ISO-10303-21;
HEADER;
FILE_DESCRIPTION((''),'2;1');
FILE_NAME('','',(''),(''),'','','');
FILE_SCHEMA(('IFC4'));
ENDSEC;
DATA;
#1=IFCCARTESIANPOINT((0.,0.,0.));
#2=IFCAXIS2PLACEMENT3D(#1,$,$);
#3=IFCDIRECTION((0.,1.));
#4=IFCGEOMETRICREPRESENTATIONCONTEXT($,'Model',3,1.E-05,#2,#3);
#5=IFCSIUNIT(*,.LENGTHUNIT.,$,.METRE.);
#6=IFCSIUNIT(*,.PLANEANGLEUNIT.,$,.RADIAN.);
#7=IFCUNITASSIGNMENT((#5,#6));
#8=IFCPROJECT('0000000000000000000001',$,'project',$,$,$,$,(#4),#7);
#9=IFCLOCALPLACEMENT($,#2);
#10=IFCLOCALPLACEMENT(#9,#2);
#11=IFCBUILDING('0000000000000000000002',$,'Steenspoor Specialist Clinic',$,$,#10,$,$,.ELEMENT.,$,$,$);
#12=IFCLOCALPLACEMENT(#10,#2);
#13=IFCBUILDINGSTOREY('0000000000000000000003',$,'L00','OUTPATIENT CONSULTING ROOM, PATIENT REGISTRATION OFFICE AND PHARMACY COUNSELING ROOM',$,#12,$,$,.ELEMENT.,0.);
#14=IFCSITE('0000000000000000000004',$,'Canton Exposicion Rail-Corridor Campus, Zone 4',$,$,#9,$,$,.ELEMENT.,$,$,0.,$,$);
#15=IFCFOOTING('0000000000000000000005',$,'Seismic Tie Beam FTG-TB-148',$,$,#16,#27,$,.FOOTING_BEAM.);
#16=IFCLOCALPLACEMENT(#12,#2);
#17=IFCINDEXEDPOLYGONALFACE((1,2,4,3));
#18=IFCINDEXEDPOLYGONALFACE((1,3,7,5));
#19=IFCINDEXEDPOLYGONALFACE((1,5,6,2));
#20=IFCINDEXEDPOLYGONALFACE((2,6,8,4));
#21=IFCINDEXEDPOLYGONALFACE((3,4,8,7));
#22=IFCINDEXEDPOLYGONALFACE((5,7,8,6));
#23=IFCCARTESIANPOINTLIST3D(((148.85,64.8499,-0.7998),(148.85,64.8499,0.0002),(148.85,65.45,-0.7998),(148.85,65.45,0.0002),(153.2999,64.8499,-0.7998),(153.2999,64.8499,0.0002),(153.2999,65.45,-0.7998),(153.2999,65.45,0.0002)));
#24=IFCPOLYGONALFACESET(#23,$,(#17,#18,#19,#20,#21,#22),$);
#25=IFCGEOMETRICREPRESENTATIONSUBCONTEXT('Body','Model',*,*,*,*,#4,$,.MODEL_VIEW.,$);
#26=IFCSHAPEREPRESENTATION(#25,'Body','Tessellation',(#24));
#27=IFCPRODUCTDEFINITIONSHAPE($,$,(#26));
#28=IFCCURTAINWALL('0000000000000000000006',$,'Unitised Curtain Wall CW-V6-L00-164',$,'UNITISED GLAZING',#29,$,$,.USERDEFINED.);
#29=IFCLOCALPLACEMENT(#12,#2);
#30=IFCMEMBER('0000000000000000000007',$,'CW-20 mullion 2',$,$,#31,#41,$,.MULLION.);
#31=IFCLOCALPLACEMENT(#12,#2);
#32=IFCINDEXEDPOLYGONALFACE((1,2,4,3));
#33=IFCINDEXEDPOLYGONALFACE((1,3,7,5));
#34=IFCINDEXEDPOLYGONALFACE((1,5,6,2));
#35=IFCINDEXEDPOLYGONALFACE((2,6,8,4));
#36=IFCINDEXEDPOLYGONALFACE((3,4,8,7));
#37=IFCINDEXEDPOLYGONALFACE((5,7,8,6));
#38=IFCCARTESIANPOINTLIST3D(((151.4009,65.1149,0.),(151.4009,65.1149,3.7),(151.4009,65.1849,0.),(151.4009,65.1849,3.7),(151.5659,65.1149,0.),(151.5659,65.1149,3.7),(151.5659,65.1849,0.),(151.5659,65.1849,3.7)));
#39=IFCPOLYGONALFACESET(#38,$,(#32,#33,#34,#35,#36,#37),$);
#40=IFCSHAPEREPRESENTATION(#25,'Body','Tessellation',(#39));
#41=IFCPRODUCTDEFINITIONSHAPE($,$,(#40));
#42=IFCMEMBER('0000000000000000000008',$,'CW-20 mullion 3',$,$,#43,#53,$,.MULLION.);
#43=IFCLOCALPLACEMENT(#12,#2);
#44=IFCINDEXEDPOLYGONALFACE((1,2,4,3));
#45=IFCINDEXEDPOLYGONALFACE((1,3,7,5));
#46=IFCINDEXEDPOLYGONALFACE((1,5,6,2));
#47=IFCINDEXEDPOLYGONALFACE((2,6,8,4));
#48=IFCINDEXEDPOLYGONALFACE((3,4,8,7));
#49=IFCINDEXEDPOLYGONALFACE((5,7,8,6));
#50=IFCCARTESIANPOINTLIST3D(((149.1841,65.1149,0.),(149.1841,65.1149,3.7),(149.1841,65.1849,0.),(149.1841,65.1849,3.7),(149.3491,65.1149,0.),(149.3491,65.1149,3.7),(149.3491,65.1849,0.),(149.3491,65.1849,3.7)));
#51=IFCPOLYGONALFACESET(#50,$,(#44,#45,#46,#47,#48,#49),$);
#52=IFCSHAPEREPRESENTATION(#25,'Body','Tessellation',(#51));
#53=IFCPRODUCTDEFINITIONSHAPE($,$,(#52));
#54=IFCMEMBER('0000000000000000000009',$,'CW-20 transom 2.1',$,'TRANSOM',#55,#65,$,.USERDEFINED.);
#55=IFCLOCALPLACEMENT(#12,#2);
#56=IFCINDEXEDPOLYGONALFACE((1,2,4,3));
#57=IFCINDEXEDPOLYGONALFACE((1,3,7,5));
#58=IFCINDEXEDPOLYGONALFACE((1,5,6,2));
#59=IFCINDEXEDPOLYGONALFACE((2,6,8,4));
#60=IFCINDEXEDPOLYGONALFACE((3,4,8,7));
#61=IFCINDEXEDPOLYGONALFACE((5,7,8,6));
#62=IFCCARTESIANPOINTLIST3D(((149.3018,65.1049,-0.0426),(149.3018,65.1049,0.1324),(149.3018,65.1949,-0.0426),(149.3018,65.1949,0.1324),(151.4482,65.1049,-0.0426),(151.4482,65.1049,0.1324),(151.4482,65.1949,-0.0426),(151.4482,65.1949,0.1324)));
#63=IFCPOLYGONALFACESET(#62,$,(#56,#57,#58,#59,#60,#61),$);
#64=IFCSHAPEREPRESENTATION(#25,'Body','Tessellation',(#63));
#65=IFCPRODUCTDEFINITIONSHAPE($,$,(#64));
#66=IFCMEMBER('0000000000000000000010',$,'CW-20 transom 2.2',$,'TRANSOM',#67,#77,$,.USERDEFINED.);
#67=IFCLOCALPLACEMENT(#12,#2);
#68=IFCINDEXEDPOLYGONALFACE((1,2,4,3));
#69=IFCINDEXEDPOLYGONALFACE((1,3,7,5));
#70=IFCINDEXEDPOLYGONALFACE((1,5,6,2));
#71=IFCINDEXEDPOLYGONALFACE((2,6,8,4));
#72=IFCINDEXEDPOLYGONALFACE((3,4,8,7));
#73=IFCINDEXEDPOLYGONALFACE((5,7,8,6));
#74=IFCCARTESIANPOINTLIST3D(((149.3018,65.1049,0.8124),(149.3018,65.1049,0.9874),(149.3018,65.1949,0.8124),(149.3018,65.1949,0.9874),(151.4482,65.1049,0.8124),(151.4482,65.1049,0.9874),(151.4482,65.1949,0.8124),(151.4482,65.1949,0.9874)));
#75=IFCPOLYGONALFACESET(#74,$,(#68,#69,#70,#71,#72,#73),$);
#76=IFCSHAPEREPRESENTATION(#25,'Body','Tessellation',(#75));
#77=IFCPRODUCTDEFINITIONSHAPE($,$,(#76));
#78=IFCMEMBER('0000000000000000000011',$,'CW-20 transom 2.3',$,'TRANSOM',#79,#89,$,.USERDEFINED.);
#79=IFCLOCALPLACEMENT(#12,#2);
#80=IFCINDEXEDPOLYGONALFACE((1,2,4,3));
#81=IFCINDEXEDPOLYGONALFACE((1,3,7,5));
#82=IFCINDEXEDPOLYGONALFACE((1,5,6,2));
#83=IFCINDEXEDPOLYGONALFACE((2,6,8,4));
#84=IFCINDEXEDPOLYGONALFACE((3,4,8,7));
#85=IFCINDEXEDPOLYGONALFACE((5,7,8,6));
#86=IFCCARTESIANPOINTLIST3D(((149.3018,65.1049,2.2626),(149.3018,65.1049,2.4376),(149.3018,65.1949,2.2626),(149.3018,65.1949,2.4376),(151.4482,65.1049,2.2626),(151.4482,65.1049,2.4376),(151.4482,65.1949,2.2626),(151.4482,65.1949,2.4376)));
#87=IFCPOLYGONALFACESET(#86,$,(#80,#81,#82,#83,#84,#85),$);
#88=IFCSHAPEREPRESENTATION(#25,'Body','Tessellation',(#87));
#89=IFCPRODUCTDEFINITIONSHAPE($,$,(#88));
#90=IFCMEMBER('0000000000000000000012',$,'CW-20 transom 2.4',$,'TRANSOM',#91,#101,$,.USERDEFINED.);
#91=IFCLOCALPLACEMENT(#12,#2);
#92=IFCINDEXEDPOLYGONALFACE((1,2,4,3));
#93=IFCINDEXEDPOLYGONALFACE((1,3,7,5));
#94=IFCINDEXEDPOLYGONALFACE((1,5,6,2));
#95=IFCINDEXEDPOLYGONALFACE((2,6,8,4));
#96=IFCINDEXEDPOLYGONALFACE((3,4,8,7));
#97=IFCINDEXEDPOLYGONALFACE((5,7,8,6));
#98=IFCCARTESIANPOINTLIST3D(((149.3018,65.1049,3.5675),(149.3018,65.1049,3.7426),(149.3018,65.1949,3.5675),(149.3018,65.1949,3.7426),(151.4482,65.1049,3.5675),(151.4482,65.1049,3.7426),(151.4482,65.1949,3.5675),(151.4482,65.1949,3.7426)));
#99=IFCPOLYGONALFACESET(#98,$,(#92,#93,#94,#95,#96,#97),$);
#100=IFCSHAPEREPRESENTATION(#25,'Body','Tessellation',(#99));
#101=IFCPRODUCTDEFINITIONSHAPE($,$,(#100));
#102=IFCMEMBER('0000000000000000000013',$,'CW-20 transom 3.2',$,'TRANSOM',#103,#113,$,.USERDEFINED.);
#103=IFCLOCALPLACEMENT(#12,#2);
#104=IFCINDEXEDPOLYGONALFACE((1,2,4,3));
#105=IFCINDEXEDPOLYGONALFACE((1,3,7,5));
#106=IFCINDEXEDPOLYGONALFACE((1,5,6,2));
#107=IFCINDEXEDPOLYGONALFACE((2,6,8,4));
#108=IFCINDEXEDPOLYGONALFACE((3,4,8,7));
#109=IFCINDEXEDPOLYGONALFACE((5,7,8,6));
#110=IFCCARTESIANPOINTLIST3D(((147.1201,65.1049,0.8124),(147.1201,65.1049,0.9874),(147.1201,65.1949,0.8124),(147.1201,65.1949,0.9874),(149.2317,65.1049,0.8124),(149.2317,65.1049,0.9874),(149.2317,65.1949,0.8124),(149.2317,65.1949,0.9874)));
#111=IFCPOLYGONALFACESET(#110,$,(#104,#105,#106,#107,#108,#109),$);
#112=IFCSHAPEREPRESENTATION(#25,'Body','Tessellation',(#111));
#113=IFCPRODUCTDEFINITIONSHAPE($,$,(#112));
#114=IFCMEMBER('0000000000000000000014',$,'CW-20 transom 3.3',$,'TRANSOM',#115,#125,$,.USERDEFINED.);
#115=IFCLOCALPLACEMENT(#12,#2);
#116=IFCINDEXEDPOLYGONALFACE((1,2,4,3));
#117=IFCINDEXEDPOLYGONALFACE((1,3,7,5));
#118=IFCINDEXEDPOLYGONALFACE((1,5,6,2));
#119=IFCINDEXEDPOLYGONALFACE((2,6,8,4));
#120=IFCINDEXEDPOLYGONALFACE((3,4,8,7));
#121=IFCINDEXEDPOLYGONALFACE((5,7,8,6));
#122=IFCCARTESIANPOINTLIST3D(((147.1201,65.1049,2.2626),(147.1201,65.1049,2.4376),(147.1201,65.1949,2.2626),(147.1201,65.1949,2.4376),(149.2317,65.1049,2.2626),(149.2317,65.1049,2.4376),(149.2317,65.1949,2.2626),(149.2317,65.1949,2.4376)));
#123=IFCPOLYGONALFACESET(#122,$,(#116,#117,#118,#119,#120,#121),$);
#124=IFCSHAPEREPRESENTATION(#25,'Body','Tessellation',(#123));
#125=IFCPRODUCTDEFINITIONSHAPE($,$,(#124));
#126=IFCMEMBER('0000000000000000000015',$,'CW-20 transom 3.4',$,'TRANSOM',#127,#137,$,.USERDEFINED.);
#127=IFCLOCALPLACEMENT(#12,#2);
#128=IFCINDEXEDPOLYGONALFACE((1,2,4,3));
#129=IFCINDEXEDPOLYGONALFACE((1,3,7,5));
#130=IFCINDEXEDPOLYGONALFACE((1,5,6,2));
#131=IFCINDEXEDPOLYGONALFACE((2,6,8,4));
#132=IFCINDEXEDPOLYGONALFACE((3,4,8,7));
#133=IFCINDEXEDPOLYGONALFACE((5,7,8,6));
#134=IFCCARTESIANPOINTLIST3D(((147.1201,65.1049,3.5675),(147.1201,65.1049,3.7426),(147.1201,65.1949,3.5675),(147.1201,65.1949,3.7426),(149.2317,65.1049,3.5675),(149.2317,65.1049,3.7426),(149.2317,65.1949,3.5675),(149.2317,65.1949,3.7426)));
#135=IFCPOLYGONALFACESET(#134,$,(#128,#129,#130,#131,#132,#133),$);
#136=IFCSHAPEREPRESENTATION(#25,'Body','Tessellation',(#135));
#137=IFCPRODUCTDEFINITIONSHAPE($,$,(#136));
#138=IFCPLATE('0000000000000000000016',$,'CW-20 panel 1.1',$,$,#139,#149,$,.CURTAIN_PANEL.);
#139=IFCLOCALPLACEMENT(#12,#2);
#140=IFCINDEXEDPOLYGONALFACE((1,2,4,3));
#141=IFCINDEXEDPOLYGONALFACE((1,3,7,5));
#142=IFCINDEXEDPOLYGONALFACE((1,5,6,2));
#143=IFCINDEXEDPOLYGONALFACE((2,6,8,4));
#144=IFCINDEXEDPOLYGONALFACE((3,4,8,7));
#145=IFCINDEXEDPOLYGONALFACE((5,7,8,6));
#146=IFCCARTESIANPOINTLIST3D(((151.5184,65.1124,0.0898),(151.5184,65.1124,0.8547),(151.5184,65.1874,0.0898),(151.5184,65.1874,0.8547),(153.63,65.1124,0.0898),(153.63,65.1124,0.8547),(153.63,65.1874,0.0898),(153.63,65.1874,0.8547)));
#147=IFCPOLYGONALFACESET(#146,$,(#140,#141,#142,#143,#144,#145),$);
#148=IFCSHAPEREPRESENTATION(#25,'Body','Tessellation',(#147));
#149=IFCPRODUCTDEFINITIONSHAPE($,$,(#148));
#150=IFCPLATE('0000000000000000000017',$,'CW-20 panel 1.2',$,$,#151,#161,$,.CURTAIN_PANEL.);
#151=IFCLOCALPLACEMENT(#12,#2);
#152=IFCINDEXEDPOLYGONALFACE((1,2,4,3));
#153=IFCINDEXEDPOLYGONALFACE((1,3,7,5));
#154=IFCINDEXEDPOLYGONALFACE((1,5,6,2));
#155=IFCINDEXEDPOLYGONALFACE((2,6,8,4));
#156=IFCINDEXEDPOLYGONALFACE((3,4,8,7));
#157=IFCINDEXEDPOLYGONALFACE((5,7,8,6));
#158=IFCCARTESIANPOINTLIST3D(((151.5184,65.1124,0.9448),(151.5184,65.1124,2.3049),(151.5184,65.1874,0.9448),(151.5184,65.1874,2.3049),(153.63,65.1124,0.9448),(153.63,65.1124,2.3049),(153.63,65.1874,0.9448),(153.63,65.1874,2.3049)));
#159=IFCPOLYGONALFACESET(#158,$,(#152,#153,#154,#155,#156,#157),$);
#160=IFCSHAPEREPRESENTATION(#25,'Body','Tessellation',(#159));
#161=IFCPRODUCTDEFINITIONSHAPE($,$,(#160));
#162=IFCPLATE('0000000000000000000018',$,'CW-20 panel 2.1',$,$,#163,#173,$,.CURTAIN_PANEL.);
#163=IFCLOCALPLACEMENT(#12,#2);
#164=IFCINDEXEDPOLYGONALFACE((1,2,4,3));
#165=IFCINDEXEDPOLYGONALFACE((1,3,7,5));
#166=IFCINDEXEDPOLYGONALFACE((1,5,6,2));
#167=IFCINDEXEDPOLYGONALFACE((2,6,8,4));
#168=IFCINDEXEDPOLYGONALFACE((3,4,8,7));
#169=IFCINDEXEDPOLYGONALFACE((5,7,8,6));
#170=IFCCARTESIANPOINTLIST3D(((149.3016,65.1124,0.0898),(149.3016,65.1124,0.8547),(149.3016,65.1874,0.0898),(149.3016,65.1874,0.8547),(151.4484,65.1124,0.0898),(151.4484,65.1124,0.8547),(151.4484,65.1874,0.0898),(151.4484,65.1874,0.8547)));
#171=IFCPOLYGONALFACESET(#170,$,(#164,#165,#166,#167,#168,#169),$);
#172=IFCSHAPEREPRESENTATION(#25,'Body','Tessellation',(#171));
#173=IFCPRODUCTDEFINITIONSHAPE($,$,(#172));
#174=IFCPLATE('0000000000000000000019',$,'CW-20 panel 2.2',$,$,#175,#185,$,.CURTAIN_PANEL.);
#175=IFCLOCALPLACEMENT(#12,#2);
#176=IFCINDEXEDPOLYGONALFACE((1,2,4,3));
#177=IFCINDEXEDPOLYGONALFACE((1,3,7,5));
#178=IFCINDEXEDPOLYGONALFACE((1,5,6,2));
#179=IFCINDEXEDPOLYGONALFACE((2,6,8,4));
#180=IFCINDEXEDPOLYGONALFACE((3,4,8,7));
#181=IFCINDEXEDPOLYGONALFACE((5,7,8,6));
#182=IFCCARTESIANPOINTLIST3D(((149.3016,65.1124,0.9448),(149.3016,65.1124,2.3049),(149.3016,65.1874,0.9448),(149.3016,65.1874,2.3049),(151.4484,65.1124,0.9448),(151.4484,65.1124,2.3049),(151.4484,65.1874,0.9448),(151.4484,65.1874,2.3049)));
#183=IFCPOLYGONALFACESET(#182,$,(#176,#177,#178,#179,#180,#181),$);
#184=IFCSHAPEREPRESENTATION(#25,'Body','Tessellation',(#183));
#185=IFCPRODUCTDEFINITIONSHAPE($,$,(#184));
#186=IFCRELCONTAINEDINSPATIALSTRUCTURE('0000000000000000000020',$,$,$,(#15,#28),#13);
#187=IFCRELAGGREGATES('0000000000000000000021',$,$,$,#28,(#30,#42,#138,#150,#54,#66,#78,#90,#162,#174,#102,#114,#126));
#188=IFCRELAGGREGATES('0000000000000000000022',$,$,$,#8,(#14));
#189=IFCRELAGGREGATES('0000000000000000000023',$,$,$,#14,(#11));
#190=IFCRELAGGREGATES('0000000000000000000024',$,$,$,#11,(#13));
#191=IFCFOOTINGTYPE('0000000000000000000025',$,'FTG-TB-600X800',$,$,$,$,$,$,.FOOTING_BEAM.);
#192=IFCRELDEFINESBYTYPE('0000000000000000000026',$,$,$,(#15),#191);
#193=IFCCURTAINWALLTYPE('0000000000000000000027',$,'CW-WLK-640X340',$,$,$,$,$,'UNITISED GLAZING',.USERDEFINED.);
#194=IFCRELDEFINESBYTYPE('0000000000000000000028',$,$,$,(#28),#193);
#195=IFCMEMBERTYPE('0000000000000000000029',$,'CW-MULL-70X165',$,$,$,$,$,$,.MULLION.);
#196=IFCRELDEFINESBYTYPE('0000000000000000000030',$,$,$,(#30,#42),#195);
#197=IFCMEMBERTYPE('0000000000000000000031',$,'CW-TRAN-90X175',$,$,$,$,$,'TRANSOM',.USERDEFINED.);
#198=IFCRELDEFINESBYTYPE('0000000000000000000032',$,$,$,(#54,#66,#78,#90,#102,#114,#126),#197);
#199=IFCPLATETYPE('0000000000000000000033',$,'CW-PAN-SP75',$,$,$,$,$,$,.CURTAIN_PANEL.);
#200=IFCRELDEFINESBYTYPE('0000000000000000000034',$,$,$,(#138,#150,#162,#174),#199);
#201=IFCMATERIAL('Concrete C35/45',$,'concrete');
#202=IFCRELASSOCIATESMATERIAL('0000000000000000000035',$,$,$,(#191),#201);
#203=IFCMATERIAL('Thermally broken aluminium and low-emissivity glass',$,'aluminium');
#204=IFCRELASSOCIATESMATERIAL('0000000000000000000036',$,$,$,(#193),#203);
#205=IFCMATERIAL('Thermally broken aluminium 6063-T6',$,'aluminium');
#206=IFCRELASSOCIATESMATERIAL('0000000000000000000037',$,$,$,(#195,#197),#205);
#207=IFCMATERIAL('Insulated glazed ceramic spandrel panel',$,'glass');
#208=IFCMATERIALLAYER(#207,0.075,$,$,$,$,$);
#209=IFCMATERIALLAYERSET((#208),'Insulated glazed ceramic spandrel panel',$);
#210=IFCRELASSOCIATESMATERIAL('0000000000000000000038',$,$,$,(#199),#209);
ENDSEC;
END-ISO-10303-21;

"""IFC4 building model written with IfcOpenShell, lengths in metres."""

from ifc_helpers import new_model, si_unit, direction, frame, origin, origin_2d, place, context, subcontext, project, spatial, rectangle, extrude, material, layer, layer_set, material_profile, profile_set, type_object, element, aggregate, save


model = new_model("IFC4")

# Units and contexts
model_context = context("Model", 3, precision=1e-05, world=origin(), true_north=direction((0.0, 1.0)))
body_context = subcontext(model_context, "Body", "Model", "MODEL_VIEW")
ifc_project = project(units=[si_unit("LENGTHUNIT", "METRE"), si_unit("PLANEANGLEUNIT", "RADIAN")], contexts=[model_context])

# Site, building, storey
site_placement = place(None, origin())
site = spatial("IfcSite", under=ifc_project, at=site_placement, Name="Canton Exposicion Rail-Corridor Campus, Zone 4", CompositionType="ELEMENT", RefElevation=0.0)
building_placement = place(site_placement, origin())
building = spatial("IfcBuilding", under=site, at=building_placement, Name="Steenspoor Specialist Clinic", CompositionType="ELEMENT")
storey_placement = place(building_placement, origin())
storey = spatial("IfcBuildingStorey", under=building, at=storey_placement, Name="L00", Description="OUTPATIENT CONSULTING ROOM, PATIENT REGISTRATION OFFICE AND PHARMACY COUNSELING ROOM", CompositionType="ELEMENT", Elevation=0.0)

# Footing
ifc_material_1 = material(Name="Concrete C35/45", Category="concrete")
footing_type = type_object("IfcFootingType", Name="FTG-TB-600X800", PredefinedType="FOOTING_BEAM", material=ifc_material_1)
footing_placement = place(storey_placement, frame((151.075, 65.1499, -0.7998), z_axis=(0.0, 0.0, 1.0), x_axis=(1.0, 0.0, 0.0)))
element("IfcFooting", 1, at=footing_placement, inside=storey, type_object=footing_type, Name="Seismic Tie Beam FTG-TB-148", PredefinedType="FOOTING_BEAM", context=body_context, shape_type="SweptSolid", body=[
    extrude(rectangle(XDim=4.45, YDim=0.6001, at=origin_2d()), origin(), (0.0, 0.0, 1.0), 0.8),
])

# Curtain wall, members, plates
ifc_material_2 = material(Name="Thermally broken aluminium and low-emissivity glass", Category="aluminium")
curtain_wall_type = type_object("IfcCurtainWallType", Name="CW-WLK-640X340", ElementType="UNITISED GLAZING", PredefinedType="USERDEFINED", material=ifc_material_2)
curtain_wall_placement = place(storey_placement, origin())
curtain_wall = element("IfcCurtainWall", 2, at=curtain_wall_placement, inside=storey, type_object=curtain_wall_type, Name="Unitised Curtain Wall CW-V6-L00-164", ObjectType="UNITISED GLAZING", PredefinedType="USERDEFINED")
ifc_material_3 = material(Name="Thermally broken aluminium 6063-T6", Category="aluminium")
ifc_material_profile_1 = material_profile(ifc_material_3, rectangle(XDim=0.0701, YDim=0.165, at=origin_2d()), Name="CWM-70X165")
ifc_profile_set_1 = profile_set([ifc_material_profile_1], Name="Thermally broken aluminium 6063-T6")
member_type_1 = type_object("IfcMemberType", Name="CW-MULL-70X165", PredefinedType="MULLION", material=ifc_profile_set_1)
member_1_placement = place(storey_placement, frame((151.4834, 65.1499, 0.0), z_axis=(0.0, 0.0, 1.0), x_axis=(0.0, -1.0, 0.0)))
member_1 = element("IfcMember", 3, at=member_1_placement, type_object=member_type_1, Name="CW-20 mullion 2", PredefinedType="MULLION", context=body_context, shape_type="SweptSolid", body=[
    extrude(rectangle(XDim=0.0701, YDim=0.165, at=origin_2d()), origin(), (0.0, 0.0, 1.0), 3.7),
])
member_2_placement = place(storey_placement, frame((149.2666, 65.1499, 0.0), z_axis=(0.0, 0.0, 1.0), x_axis=(0.0, -1.0, 0.0)))
member_2 = element("IfcMember", 4, at=member_2_placement, type_object=member_type_1, Name="CW-20 mullion 3", PredefinedType="MULLION", context=body_context, shape_type="SweptSolid", body=[
    extrude(rectangle(XDim=0.0701, YDim=0.165, at=origin_2d()), origin(), (0.0, 0.0, 1.0), 3.7),
])
ifc_material_profile_2 = material_profile(ifc_material_3, rectangle(XDim=0.0901, YDim=0.175, at=origin_2d()), Name="CWT-90X175")
ifc_profile_set_2 = profile_set([ifc_material_profile_2], Name="Thermally broken aluminium 6063-T6")
member_type_2 = type_object("IfcMemberType", Name="CW-TRAN-90X175", ElementType="TRANSOM", PredefinedType="USERDEFINED", material=ifc_profile_set_2)
member_3_placement = place(storey_placement, frame((151.4482, 65.1499, 0.0449), z_axis=(-1.0, 0.0, 0.0), x_axis=(0.0, -1.0, 0.0)))
member_3 = element("IfcMember", 5, at=member_3_placement, type_object=member_type_2, Name="CW-20 transom 2.1", ObjectType="TRANSOM", PredefinedType="USERDEFINED", context=body_context, shape_type="SweptSolid", body=[
    extrude(rectangle(XDim=0.0901, YDim=0.175, at=origin_2d()), origin(), (0.0, 0.0, 1.0), 2.1465),
])
member_4_placement = place(storey_placement, frame((151.4482, 65.1499, 0.8999), z_axis=(-1.0, 0.0, 0.0), x_axis=(0.0, -1.0, 0.0)))
member_4 = element("IfcMember", 6, at=member_4_placement, type_object=member_type_2, Name="CW-20 transom 2.2", ObjectType="TRANSOM", PredefinedType="USERDEFINED", context=body_context, shape_type="SweptSolid", body=[
    extrude(rectangle(XDim=0.0901, YDim=0.175, at=origin_2d()), origin(), (0.0, 0.0, 1.0), 2.1465),
])
member_5_placement = place(storey_placement, frame((151.4482, 65.1499, 2.3501), z_axis=(-1.0, 0.0, 0.0), x_axis=(0.0, -1.0, 0.0)))
member_5 = element("IfcMember", 7, at=member_5_placement, type_object=member_type_2, Name="CW-20 transom 2.3", ObjectType="TRANSOM", PredefinedType="USERDEFINED", context=body_context, shape_type="SweptSolid", body=[
    extrude(rectangle(XDim=0.0901, YDim=0.175, at=origin_2d()), origin(), (0.0, 0.0, 1.0), 2.1465),
])
member_6_placement = place(storey_placement, frame((151.4482, 65.1499, 3.655), z_axis=(-1.0, 0.0, 0.0), x_axis=(0.0, -1.0, 0.0)))
member_6 = element("IfcMember", 8, at=member_6_placement, type_object=member_type_2, Name="CW-20 transom 2.4", ObjectType="TRANSOM", PredefinedType="USERDEFINED", context=body_context, shape_type="SweptSolid", body=[
    extrude(rectangle(XDim=0.0901, YDim=0.175, at=origin_2d()), origin(), (0.0, 0.0, 1.0), 2.1465),
])
member_7_placement = place(storey_placement, frame((149.2317, 65.1499, 0.8999), z_axis=(-1.0, 0.0, 0.0), x_axis=(0.0, -1.0, 0.0)))
member_7 = element("IfcMember", 9, at=member_7_placement, type_object=member_type_2, Name="CW-20 transom 3.2", ObjectType="TRANSOM", PredefinedType="USERDEFINED", context=body_context, shape_type="SweptSolid", body=[
    extrude(rectangle(XDim=0.0901, YDim=0.175, at=origin_2d()), origin(), (0.0, 0.0, 1.0), 2.1116),
])
member_8_placement = place(storey_placement, frame((149.2317, 65.1499, 2.3501), z_axis=(-1.0, 0.0, 0.0), x_axis=(0.0, -1.0, 0.0)))
member_8 = element("IfcMember", 10, at=member_8_placement, type_object=member_type_2, Name="CW-20 transom 3.3", ObjectType="TRANSOM", PredefinedType="USERDEFINED", context=body_context, shape_type="SweptSolid", body=[
    extrude(rectangle(XDim=0.0901, YDim=0.175, at=origin_2d()), origin(), (0.0, 0.0, 1.0), 2.1116),
])
member_9_placement = place(storey_placement, frame((149.2317, 65.1499, 3.655), z_axis=(-1.0, 0.0, 0.0), x_axis=(0.0, -1.0, 0.0)))
member_9 = element("IfcMember", 11, at=member_9_placement, type_object=member_type_2, Name="CW-20 transom 3.4", ObjectType="TRANSOM", PredefinedType="USERDEFINED", context=body_context, shape_type="SweptSolid", body=[
    extrude(rectangle(XDim=0.0901, YDim=0.175, at=origin_2d()), origin(), (0.0, 0.0, 1.0), 2.1116),
])
ifc_material_4 = material(Name="Insulated glazed ceramic spandrel panel", Category="glass")
ifc_layer_1 = layer(ifc_material_4, 0.075)
ifc_layer_set_1 = layer_set([ifc_layer_1], Name="Insulated glazed ceramic spandrel panel")
plate_type = type_object("IfcPlateType", Name="CW-PAN-SP75", PredefinedType="CURTAIN_PANEL", material=ifc_layer_set_1)
plate_1_placement = place(storey_placement, frame((152.5742, 65.1499, 0.0898), z_axis=(0.0, 0.0, 1.0), x_axis=(-1.0, 0.0, 0.0)))
plate_1 = element("IfcPlate", 12, at=plate_1_placement, type_object=plate_type, Name="CW-20 panel 1.1", PredefinedType="CURTAIN_PANEL", context=body_context, shape_type="SweptSolid", body=[
    extrude(rectangle(XDim=2.1116, YDim=0.075, at=origin_2d()), origin(), (0.0, 0.0, 1.0), 0.7649),
])
plate_2_placement = place(storey_placement, frame((152.5742, 65.1499, 0.9448), z_axis=(0.0, 0.0, 1.0), x_axis=(-1.0, 0.0, 0.0)))
plate_2 = element("IfcPlate", 13, at=plate_2_placement, type_object=plate_type, Name="CW-20 panel 1.2", PredefinedType="CURTAIN_PANEL", context=body_context, shape_type="SweptSolid", body=[
    extrude(rectangle(XDim=2.1116, YDim=0.075, at=origin_2d()), origin(), (0.0, 0.0, 1.0), 1.3601),
])
plate_3_placement = place(storey_placement, frame((150.375, 65.1499, 0.0898), z_axis=(0.0, 0.0, 1.0), x_axis=(-1.0, 0.0, 0.0)))
plate_3 = element("IfcPlate", 14, at=plate_3_placement, type_object=plate_type, Name="CW-20 panel 2.1", PredefinedType="CURTAIN_PANEL", context=body_context, shape_type="SweptSolid", body=[
    extrude(rectangle(XDim=2.1467, YDim=0.075, at=origin_2d()), origin(), (0.0, 0.0, 1.0), 0.7649),
])
plate_4_placement = place(storey_placement, frame((150.375, 65.1499, 0.9448), z_axis=(0.0, 0.0, 1.0), x_axis=(-1.0, 0.0, 0.0)))
plate_4 = element("IfcPlate", 15, at=plate_4_placement, type_object=plate_type, Name="CW-20 panel 2.2", PredefinedType="CURTAIN_PANEL", context=body_context, shape_type="SweptSolid", body=[
    extrude(rectangle(XDim=2.1467, YDim=0.075, at=origin_2d()), origin(), (0.0, 0.0, 1.0), 1.3601),
])
aggregate(curtain_wall, [member_1, member_2, plate_1, plate_2, member_3, member_4, member_5, member_6, plate_3, plate_4, member_7, member_8, member_9])

save(model, "model.ifc")
